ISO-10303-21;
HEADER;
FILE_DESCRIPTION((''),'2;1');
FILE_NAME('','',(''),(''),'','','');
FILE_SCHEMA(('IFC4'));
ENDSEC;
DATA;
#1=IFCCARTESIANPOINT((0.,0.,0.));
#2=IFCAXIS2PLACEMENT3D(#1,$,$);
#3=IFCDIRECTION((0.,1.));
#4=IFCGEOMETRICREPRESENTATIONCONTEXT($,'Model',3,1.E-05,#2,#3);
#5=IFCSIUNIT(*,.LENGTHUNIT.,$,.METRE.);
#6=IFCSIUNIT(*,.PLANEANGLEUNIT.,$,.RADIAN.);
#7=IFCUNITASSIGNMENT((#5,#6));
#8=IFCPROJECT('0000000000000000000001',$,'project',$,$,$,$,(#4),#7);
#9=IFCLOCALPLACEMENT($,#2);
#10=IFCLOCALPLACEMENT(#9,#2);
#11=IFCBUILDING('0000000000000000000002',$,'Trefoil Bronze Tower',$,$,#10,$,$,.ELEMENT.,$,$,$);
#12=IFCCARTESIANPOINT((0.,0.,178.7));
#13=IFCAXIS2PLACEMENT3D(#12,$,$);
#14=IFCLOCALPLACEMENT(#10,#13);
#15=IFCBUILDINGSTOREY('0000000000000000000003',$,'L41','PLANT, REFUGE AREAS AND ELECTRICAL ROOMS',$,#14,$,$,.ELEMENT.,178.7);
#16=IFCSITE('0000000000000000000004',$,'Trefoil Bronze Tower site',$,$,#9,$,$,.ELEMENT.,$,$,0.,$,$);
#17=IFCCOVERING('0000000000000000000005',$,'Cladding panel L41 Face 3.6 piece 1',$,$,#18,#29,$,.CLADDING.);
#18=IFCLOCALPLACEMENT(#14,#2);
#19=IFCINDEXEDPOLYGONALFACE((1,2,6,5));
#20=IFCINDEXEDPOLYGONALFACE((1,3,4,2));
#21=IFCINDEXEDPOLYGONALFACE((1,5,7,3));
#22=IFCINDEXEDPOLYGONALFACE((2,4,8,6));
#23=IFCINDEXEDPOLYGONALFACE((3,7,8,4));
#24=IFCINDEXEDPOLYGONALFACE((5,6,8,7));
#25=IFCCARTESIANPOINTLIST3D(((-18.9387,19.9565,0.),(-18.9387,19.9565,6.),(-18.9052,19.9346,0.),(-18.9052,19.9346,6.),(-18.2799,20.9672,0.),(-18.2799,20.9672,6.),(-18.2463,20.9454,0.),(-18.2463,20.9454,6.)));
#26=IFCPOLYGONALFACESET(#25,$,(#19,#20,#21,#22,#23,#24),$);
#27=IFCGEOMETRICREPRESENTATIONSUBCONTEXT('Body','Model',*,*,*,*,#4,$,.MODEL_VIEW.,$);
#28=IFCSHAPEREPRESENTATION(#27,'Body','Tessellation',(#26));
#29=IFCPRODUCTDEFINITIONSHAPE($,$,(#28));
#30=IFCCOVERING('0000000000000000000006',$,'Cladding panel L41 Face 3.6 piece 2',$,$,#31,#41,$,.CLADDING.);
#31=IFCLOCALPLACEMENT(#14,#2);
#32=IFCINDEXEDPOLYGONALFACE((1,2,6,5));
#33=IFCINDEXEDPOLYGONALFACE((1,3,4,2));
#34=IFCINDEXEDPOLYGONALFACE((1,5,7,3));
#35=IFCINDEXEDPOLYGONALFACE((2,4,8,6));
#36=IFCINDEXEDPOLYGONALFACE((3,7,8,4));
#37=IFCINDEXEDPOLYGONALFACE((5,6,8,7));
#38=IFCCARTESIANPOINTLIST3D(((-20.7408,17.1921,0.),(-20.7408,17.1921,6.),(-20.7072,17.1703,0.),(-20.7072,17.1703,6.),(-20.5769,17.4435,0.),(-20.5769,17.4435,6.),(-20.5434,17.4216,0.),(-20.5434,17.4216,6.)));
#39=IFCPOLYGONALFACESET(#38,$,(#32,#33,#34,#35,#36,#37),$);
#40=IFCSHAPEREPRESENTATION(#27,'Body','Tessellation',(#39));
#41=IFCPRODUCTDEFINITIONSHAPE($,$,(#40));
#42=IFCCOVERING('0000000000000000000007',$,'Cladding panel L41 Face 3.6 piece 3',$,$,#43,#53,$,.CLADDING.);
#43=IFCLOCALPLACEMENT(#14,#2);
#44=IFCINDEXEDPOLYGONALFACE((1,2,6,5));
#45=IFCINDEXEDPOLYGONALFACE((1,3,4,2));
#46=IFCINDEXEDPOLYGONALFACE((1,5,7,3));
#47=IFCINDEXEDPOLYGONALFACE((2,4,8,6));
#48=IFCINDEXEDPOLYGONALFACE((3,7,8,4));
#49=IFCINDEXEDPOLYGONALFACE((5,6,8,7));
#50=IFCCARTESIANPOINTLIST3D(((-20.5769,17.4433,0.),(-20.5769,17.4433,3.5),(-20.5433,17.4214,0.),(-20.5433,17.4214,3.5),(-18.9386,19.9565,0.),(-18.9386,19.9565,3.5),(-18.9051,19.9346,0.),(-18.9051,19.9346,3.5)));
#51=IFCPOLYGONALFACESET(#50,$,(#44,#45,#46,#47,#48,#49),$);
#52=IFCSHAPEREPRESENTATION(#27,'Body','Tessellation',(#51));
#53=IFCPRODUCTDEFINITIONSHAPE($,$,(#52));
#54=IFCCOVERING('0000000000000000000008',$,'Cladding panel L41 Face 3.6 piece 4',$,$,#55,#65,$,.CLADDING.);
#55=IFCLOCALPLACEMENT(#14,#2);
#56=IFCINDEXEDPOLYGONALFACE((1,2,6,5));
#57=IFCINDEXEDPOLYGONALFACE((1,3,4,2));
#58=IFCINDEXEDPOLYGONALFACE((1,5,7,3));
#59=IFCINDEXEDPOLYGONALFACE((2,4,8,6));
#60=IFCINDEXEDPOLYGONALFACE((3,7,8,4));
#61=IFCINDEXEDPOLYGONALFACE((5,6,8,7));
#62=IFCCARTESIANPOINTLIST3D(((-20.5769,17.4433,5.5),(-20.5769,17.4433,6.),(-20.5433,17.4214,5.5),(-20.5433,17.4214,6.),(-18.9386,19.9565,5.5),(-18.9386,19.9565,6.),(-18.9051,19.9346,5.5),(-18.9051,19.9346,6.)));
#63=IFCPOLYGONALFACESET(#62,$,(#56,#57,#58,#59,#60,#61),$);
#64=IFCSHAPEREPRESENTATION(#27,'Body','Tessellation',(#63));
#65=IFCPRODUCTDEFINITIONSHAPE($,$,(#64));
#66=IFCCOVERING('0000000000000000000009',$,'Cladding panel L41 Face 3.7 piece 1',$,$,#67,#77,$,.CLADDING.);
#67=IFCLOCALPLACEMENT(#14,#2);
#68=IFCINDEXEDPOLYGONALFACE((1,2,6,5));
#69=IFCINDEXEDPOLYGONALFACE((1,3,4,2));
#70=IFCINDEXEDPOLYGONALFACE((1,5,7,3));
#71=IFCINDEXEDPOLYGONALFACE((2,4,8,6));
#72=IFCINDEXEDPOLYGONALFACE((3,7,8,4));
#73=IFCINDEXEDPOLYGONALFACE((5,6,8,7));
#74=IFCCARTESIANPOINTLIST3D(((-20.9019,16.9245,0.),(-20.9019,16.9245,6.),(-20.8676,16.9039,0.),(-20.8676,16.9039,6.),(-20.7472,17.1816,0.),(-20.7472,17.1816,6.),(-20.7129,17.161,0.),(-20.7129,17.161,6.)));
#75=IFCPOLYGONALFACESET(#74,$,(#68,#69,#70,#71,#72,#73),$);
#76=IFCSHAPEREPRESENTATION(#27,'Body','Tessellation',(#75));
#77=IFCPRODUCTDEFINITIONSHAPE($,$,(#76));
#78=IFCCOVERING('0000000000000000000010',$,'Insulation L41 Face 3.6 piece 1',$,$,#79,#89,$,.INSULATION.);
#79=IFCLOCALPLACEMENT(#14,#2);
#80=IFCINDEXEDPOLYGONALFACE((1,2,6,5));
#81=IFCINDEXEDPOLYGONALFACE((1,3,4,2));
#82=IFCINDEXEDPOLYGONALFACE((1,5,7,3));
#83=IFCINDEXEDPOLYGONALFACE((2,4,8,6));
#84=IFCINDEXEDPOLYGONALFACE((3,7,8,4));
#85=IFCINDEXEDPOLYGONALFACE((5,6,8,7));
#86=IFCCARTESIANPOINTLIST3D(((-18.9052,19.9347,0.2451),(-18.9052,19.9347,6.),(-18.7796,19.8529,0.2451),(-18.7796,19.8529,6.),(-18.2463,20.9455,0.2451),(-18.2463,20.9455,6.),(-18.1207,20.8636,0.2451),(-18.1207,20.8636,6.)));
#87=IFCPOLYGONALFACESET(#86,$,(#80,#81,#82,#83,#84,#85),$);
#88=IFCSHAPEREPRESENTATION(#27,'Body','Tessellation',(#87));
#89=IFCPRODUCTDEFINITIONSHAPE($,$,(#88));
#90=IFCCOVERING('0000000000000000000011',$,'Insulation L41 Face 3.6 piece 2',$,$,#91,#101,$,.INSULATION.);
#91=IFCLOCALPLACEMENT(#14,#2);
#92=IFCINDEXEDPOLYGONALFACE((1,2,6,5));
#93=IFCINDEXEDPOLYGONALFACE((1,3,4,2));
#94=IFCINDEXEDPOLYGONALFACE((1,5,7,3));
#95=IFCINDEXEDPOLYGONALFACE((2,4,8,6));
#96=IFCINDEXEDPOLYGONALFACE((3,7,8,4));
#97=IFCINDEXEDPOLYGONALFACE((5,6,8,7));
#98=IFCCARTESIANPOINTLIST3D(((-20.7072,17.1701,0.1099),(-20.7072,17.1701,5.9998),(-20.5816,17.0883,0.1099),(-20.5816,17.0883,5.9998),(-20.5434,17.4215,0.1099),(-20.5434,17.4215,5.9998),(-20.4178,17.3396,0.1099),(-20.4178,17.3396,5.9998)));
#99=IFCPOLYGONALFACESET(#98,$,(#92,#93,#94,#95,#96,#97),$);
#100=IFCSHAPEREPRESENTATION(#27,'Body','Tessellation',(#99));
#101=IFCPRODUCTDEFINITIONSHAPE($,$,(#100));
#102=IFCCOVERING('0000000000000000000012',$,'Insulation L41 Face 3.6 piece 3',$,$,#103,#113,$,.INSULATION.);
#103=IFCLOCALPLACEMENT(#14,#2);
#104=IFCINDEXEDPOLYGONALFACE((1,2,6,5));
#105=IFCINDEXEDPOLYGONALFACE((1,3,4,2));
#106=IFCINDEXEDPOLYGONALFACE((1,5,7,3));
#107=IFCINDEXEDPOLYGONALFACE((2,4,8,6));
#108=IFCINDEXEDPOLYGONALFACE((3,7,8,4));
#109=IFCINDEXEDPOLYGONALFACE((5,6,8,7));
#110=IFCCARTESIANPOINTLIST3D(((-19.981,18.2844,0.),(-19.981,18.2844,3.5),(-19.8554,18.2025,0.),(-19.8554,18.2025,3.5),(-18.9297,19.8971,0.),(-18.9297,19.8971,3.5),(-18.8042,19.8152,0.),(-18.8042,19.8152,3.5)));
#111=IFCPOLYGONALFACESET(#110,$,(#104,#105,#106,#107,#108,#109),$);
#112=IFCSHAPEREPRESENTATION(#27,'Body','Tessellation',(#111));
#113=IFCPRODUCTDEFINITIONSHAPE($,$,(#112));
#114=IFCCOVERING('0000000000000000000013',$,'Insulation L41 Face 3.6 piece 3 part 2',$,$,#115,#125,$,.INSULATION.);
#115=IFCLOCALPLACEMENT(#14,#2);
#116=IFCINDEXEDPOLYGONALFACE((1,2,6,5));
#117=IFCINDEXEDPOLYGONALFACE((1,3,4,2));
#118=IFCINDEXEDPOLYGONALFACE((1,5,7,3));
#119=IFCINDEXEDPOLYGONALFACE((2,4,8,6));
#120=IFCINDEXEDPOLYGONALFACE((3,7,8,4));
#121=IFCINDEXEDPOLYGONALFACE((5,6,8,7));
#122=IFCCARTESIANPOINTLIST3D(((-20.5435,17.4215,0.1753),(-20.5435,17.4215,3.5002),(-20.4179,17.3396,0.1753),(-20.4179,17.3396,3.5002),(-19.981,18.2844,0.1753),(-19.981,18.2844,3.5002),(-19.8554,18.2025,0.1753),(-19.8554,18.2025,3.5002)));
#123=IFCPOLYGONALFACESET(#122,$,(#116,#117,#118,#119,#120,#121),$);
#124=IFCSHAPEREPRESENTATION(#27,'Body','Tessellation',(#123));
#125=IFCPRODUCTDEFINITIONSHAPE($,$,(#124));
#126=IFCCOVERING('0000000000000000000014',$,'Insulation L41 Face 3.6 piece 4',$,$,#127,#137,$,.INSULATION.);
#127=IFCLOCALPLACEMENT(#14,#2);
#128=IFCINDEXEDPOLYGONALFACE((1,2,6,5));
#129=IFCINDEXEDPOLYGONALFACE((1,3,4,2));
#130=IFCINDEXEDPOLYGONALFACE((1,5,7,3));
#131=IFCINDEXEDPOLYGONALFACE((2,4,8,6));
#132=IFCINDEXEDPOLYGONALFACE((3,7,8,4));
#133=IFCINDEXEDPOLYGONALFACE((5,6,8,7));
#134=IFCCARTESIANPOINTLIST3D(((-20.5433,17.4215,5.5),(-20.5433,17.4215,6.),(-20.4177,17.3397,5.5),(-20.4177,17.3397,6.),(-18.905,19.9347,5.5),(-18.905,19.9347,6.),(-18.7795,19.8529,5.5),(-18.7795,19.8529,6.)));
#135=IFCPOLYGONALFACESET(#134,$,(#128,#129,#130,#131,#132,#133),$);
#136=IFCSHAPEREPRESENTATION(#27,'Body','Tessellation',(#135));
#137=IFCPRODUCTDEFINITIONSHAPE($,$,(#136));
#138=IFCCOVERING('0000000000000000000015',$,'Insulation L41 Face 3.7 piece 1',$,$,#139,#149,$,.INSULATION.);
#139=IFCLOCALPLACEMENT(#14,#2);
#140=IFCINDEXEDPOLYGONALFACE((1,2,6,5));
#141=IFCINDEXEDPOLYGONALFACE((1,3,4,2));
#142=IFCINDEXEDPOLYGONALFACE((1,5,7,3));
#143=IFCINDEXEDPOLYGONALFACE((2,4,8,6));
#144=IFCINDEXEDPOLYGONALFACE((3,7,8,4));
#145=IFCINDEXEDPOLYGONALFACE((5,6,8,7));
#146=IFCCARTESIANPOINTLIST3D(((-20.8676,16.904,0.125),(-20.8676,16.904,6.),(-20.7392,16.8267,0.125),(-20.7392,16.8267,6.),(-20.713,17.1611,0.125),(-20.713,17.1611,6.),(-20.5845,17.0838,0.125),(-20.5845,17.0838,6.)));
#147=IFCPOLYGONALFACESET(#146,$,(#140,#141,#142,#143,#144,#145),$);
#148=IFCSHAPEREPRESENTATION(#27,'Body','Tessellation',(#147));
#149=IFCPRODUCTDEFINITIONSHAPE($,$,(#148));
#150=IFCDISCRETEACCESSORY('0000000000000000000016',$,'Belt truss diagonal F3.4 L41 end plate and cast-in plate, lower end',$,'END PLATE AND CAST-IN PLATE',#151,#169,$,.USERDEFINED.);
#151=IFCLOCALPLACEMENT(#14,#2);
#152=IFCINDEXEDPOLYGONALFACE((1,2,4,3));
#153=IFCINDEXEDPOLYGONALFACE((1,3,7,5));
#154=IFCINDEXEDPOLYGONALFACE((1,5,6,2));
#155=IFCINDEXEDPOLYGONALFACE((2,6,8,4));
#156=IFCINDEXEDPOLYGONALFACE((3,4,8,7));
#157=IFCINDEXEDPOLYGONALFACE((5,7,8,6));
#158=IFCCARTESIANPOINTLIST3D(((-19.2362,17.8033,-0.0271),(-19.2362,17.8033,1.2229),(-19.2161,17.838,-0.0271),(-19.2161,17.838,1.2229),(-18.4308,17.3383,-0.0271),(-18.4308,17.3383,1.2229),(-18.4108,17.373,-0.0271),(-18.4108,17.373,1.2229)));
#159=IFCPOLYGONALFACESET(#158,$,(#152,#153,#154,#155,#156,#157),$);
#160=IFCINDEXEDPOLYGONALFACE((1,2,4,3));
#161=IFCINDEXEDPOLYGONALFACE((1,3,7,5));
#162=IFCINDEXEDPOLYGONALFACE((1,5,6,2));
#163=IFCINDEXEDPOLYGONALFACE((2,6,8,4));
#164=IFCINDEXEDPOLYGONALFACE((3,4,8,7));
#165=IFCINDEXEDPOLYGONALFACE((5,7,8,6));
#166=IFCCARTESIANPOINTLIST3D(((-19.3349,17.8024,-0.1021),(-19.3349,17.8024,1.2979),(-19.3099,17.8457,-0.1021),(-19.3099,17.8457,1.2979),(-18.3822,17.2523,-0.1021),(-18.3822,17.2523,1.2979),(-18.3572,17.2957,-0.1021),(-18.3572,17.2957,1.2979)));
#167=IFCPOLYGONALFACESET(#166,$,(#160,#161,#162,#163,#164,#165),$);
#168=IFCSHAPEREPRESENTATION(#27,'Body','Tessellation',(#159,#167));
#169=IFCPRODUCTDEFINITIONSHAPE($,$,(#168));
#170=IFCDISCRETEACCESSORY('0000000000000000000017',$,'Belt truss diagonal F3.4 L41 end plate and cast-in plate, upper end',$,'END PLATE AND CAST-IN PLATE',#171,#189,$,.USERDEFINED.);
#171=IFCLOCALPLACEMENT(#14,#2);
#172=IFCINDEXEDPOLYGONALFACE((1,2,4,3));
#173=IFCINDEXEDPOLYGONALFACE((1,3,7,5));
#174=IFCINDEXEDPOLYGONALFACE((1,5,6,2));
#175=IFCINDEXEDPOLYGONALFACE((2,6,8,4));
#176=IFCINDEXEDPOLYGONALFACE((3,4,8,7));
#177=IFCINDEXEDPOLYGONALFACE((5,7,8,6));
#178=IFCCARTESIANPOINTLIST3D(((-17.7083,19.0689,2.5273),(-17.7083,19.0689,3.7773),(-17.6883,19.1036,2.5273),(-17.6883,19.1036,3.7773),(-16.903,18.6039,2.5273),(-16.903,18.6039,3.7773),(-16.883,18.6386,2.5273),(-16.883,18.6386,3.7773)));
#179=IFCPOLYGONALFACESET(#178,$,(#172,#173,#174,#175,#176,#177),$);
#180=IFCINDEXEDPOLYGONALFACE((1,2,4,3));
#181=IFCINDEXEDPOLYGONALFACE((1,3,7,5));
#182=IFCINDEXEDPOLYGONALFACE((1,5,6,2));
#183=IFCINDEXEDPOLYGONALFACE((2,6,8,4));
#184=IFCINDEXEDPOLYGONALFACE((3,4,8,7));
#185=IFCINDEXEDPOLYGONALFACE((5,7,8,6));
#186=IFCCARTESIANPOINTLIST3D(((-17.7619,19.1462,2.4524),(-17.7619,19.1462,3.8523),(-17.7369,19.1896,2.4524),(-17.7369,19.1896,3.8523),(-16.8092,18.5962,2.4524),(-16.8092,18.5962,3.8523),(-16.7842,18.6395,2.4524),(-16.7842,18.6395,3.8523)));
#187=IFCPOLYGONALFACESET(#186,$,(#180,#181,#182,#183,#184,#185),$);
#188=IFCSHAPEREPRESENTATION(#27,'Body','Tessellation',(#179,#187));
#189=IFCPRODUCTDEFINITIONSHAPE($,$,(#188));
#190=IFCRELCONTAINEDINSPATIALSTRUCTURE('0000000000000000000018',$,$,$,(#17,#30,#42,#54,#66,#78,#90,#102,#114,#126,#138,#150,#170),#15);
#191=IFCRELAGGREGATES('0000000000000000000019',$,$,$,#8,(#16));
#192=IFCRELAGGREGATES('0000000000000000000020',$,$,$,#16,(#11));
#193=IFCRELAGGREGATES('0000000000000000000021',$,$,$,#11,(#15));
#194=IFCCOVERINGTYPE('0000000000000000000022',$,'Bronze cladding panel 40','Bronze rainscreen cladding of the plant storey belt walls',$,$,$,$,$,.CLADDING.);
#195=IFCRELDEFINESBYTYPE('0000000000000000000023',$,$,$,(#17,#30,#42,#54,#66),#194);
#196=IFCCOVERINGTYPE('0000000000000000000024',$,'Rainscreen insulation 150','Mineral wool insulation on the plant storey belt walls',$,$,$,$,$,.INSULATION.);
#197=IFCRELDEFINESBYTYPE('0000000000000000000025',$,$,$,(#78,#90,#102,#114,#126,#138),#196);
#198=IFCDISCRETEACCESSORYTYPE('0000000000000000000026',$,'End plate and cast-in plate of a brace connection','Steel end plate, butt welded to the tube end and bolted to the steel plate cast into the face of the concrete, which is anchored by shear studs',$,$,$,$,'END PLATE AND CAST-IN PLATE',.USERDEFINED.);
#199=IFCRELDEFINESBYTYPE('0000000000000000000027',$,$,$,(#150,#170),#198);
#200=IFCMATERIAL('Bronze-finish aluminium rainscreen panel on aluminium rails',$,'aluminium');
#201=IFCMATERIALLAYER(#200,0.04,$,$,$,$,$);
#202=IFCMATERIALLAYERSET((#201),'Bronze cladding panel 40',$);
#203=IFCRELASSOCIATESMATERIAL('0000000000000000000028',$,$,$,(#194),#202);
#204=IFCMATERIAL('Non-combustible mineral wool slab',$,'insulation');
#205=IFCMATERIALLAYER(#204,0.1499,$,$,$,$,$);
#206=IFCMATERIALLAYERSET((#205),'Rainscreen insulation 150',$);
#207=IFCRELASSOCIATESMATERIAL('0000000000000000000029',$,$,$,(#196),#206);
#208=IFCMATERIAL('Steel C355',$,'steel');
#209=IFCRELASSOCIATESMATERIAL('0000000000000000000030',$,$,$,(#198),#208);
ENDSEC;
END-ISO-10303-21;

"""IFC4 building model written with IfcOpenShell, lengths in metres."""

from ifc_helpers import new_model, si_unit, direction, frame, origin, origin_2d, place, context, subcontext, project, spatial, rectangle, extrude, material, layer, layer_set, type_object, element, save


model = new_model("IFC4")

# Units and contexts
model_context = context("Model", 3, precision=1e-05, world=origin(), true_north=direction((0.0, 1.0)))
body_context = subcontext(model_context, "Body", "Model", "MODEL_VIEW")
ifc_project = project(units=[si_unit("LENGTHUNIT", "METRE"), si_unit("PLANEANGLEUNIT", "RADIAN")], contexts=[model_context])

# Site, building, storey
site_placement = place(None, origin())
site = spatial("IfcSite", under=ifc_project, at=site_placement, Name="Trefoil Bronze Tower site", CompositionType="ELEMENT", RefElevation=0.0)
building_placement = place(site_placement, origin())
building = spatial("IfcBuilding", under=site, at=building_placement, Name="Trefoil Bronze Tower", CompositionType="ELEMENT")
storey_placement = place(building_placement, frame((0.0, 0.0, 178.7)))
storey = spatial("IfcBuildingStorey", under=building, at=storey_placement, Name="L41", Description="PLANT, REFUGE AREAS AND ELECTRICAL ROOMS", CompositionType="ELEMENT", Elevation=178.7)

# Coverings
ifc_material_1 = material(Name="Bronze-finish aluminium rainscreen panel on aluminium rails", Category="aluminium")
ifc_layer_1 = layer(ifc_material_1, 0.04)
ifc_layer_set_1 = layer_set([ifc_layer_1], Name="Bronze cladding panel 40")
covering_type_1 = type_object("IfcCoveringType", Name="Bronze cladding panel 40", Description="Bronze rainscreen cladding of the plant storey belt walls", PredefinedType="CLADDING", material=ifc_layer_set_1)
covering_1_placement = place(storey_placement, frame((-18.5925, 20.4509, 0.0), z_axis=(0.0, 0.0, 1.0), x_axis=(-0.546089, -0.837727, 0.0)))
element("IfcCovering", 1, at=covering_1_placement, inside=storey, type_object=covering_type_1, Name="Cladding panel L41 Face 3.6 piece 1", PredefinedType="CLADDING", context=body_context, shape_type="SweptSolid", body=[
    extrude(rectangle(XDim=1.2065, YDim=0.04, at=origin_2d()), origin(), (0.0, 0.0, 1.0), 6.0),
])
covering_2_placement = place(storey_placement, frame((-20.6421, 17.3069, 0.0), z_axis=(0.0, 0.0, 1.0), x_axis=(-0.546089, -0.837727, 0.0)))
element("IfcCovering", 2, at=covering_2_placement, inside=storey, type_object=covering_type_1, Name="Cladding panel L41 Face 3.6 piece 2", PredefinedType="CLADDING", context=body_context, shape_type="SweptSolid", body=[
    extrude(rectangle(XDim=0.3, YDim=0.04, at=origin_2d()), origin(), (0.0, 0.0, 1.0), 6.0),
])
covering_3_placement = place(storey_placement, frame((-19.741, 18.689, 0.0), z_axis=(0.0, 0.0, 1.0), x_axis=(-0.546089, -0.837727, 0.0)))
element("IfcCovering", 3, at=covering_3_placement, inside=storey, type_object=covering_type_1, Name="Cladding panel L41 Face 3.6 piece 3", PredefinedType="CLADDING", context=body_context, shape_type="SweptSolid", body=[
    extrude(rectangle(XDim=3.0, YDim=0.04, at=origin_2d()), origin(), (0.0, 0.0, 1.0), 3.5),
])
covering_4_placement = place(storey_placement, frame((-19.741, 18.689, 5.5), z_axis=(0.0, 0.0, 1.0), x_axis=(-0.546089, -0.837727, 0.0)))
element("IfcCovering", 4, at=covering_4_placement, inside=storey, type_object=covering_type_1, Name="Cladding panel L41 Face 3.6 piece 4", PredefinedType="CLADDING", context=body_context, shape_type="SweptSolid", body=[
    extrude(rectangle(XDim=3.0, YDim=0.04, at=origin_2d()), origin(), (0.0, 0.0, 1.0), 0.5),
])
covering_5_placement = place(storey_placement, frame((-20.8074, 17.0427, 0.0), z_axis=(0.0, 0.0, 1.0), x_axis=(-0.515525, -0.856874, 0.0)))
element("IfcCovering", 5, at=covering_5_placement, inside=storey, type_object=covering_type_1, Name="Cladding panel L41 Face 3.7 piece 1", PredefinedType="CLADDING", context=body_context, shape_type="SweptSolid", body=[
    extrude(rectangle(XDim=0.3, YDim=0.04, at=origin_2d()), origin(), (0.0, 0.0, 1.0), 6.0),
])
ifc_material_2 = material(Name="Non-combustible mineral wool slab", Category="insulation")
ifc_layer_2 = layer(ifc_material_2, 0.1499)
ifc_layer_set_2 = layer_set([ifc_layer_2], Name="Rainscreen insulation 150")
covering_type_2 = type_object("IfcCoveringType", Name="Rainscreen insulation 150", Description="Mineral wool insulation on the plant storey belt walls", PredefinedType="INSULATION", material=ifc_layer_set_2)
covering_6_placement = place(storey_placement, frame((-18.5129, 20.3992, 0.2451), z_axis=(0.0, 0.0, 1.0), x_axis=(-0.546089, -0.837727, 0.0)))
element("IfcCovering", 6, at=covering_6_placement, inside=storey, type_object=covering_type_2, Name="Insulation L41 Face 3.6 piece 1", PredefinedType="INSULATION", context=body_context, shape_type="SweptSolid", body=[
    extrude(rectangle(XDim=1.2065, YDim=0.1499, at=origin_2d()), origin(), (0.0, 0.0, 1.0), 5.7549),
])
covering_7_placement = place(storey_placement, frame((-20.5625, 17.2549, 0.1099), z_axis=(0.0, 0.0, 1.0), x_axis=(-0.546089, -0.837727, 0.0)))
element("IfcCovering", 7, at=covering_7_placement, inside=storey, type_object=covering_type_2, Name="Insulation L41 Face 3.6 piece 2", PredefinedType="INSULATION", context=body_context, shape_type="SweptSolid", body=[
    extrude(rectangle(XDim=0.3, YDim=0.1499, at=origin_2d()), origin(), (0.0, 0.0, 1.0), 5.8899),
])
covering_8_placement = place(storey_placement, frame((-19.3926, 19.0498, 0.0), z_axis=(0.0, 0.0, 1.0), x_axis=(-0.546089, -0.837727, 0.0)))
element("IfcCovering", 8, at=covering_8_placement, inside=storey, type_object=covering_type_2, Name="Insulation L41 Face 3.6 piece 3", PredefinedType="INSULATION", context=body_context, shape_type="SweptSolid", body=[
    extrude(rectangle(XDim=1.925, YDim=0.1499, at=origin_2d()), origin(), (0.0, 0.0, 1.0), 3.5),
])
covering_9_placement = place(storey_placement, frame((-20.1995, 17.812, 0.1753), z_axis=(0.0, 0.0, 1.0), x_axis=(-0.546089, -0.837727, 0.0)))
element("IfcCovering", 9, at=covering_9_placement, inside=storey, type_object=covering_type_2, Name="Insulation L41 Face 3.6 piece 3 part 2", PredefinedType="INSULATION", context=body_context, shape_type="SweptSolid", body=[
    extrude(rectangle(XDim=1.03, YDim=0.1499, at=origin_2d()), origin(), (0.0, 0.0, 1.0), 3.325),
])
covering_10_placement = place(storey_placement, frame((-19.6614, 18.6372, 5.5), z_axis=(0.0, 0.0, 1.0), x_axis=(-0.546089, -0.837727, 0.0)))
element("IfcCovering", 10, at=covering_10_placement, inside=storey, type_object=covering_type_2, Name="Insulation L41 Face 3.6 piece 4", PredefinedType="INSULATION", context=body_context, shape_type="SweptSolid", body=[
    extrude(rectangle(XDim=3.0, YDim=0.1499, at=origin_2d()), origin(), (0.0, 0.0, 1.0), 0.5),
])
covering_11_placement = place(storey_placement, frame((-20.7261, 16.9939, 0.125), z_axis=(0.0, 0.0, 1.0), x_axis=(-0.515525, -0.856874, 0.0)))
element("IfcCovering", 11, at=covering_11_placement, inside=storey, type_object=covering_type_2, Name="Insulation L41 Face 3.7 piece 1", PredefinedType="INSULATION", context=body_context, shape_type="SweptSolid", body=[
    extrude(rectangle(XDim=0.3, YDim=0.1499, at=origin_2d()), origin(), (0.0, 0.0, 1.0), 5.875),
])

# Discrete accessories
ifc_material_3 = material(Name="Steel C355", Category="steel")
discrete_accessory_type = type_object("IfcDiscreteAccessoryType", Name="End plate and cast-in plate of a brace connection", Description="Steel end plate, butt welded to the tube end and bolted to the steel plate cast into the face of the concrete, which is anchored by shear studs", ElementType="END PLATE AND CAST-IN PLATE", PredefinedType="USERDEFINED", material=ifc_material_3)
for number, where, z_axis, x_axis, name in (
    (12, (-18.8335, 17.5708, 0.5979), (0.0, 0.0, 1.0), (0.5, 0.866025, 0.0), "Belt truss diagonal F3.4 L41 end plate and cast-in plate, lower end"),
    (13, (-17.2856, 18.8711, 3.1523), (0.0, 0.0, 1.0), (-0.5, -0.866025, 0.0), "Belt truss diagonal F3.4 L41 end plate and cast-in plate, upper end"),
):
    element("IfcDiscreteAccessory", number, at=place(storey_placement, frame(where, z_axis=z_axis, x_axis=x_axis)), inside=storey, type_object=discrete_accessory_type, Name=name, ObjectType="END PLATE AND CAST-IN PLATE", PredefinedType="USERDEFINED", context=body_context, shape_type="SweptSolid", body=[
        extrude(rectangle(XDim=0.04, YDim=0.9299, at=origin_2d()), frame((0.02, 0.0, -0.625)), (0.0, 0.0, 1.0), 1.25),
        extrude(rectangle(XDim=0.05, YDim=1.1001, at=origin_2d()), frame((-0.0251, 0.0, -0.7)), (0.0, 0.0, 1.0), 1.3999),
    ])

save(model, "model.ifc")
